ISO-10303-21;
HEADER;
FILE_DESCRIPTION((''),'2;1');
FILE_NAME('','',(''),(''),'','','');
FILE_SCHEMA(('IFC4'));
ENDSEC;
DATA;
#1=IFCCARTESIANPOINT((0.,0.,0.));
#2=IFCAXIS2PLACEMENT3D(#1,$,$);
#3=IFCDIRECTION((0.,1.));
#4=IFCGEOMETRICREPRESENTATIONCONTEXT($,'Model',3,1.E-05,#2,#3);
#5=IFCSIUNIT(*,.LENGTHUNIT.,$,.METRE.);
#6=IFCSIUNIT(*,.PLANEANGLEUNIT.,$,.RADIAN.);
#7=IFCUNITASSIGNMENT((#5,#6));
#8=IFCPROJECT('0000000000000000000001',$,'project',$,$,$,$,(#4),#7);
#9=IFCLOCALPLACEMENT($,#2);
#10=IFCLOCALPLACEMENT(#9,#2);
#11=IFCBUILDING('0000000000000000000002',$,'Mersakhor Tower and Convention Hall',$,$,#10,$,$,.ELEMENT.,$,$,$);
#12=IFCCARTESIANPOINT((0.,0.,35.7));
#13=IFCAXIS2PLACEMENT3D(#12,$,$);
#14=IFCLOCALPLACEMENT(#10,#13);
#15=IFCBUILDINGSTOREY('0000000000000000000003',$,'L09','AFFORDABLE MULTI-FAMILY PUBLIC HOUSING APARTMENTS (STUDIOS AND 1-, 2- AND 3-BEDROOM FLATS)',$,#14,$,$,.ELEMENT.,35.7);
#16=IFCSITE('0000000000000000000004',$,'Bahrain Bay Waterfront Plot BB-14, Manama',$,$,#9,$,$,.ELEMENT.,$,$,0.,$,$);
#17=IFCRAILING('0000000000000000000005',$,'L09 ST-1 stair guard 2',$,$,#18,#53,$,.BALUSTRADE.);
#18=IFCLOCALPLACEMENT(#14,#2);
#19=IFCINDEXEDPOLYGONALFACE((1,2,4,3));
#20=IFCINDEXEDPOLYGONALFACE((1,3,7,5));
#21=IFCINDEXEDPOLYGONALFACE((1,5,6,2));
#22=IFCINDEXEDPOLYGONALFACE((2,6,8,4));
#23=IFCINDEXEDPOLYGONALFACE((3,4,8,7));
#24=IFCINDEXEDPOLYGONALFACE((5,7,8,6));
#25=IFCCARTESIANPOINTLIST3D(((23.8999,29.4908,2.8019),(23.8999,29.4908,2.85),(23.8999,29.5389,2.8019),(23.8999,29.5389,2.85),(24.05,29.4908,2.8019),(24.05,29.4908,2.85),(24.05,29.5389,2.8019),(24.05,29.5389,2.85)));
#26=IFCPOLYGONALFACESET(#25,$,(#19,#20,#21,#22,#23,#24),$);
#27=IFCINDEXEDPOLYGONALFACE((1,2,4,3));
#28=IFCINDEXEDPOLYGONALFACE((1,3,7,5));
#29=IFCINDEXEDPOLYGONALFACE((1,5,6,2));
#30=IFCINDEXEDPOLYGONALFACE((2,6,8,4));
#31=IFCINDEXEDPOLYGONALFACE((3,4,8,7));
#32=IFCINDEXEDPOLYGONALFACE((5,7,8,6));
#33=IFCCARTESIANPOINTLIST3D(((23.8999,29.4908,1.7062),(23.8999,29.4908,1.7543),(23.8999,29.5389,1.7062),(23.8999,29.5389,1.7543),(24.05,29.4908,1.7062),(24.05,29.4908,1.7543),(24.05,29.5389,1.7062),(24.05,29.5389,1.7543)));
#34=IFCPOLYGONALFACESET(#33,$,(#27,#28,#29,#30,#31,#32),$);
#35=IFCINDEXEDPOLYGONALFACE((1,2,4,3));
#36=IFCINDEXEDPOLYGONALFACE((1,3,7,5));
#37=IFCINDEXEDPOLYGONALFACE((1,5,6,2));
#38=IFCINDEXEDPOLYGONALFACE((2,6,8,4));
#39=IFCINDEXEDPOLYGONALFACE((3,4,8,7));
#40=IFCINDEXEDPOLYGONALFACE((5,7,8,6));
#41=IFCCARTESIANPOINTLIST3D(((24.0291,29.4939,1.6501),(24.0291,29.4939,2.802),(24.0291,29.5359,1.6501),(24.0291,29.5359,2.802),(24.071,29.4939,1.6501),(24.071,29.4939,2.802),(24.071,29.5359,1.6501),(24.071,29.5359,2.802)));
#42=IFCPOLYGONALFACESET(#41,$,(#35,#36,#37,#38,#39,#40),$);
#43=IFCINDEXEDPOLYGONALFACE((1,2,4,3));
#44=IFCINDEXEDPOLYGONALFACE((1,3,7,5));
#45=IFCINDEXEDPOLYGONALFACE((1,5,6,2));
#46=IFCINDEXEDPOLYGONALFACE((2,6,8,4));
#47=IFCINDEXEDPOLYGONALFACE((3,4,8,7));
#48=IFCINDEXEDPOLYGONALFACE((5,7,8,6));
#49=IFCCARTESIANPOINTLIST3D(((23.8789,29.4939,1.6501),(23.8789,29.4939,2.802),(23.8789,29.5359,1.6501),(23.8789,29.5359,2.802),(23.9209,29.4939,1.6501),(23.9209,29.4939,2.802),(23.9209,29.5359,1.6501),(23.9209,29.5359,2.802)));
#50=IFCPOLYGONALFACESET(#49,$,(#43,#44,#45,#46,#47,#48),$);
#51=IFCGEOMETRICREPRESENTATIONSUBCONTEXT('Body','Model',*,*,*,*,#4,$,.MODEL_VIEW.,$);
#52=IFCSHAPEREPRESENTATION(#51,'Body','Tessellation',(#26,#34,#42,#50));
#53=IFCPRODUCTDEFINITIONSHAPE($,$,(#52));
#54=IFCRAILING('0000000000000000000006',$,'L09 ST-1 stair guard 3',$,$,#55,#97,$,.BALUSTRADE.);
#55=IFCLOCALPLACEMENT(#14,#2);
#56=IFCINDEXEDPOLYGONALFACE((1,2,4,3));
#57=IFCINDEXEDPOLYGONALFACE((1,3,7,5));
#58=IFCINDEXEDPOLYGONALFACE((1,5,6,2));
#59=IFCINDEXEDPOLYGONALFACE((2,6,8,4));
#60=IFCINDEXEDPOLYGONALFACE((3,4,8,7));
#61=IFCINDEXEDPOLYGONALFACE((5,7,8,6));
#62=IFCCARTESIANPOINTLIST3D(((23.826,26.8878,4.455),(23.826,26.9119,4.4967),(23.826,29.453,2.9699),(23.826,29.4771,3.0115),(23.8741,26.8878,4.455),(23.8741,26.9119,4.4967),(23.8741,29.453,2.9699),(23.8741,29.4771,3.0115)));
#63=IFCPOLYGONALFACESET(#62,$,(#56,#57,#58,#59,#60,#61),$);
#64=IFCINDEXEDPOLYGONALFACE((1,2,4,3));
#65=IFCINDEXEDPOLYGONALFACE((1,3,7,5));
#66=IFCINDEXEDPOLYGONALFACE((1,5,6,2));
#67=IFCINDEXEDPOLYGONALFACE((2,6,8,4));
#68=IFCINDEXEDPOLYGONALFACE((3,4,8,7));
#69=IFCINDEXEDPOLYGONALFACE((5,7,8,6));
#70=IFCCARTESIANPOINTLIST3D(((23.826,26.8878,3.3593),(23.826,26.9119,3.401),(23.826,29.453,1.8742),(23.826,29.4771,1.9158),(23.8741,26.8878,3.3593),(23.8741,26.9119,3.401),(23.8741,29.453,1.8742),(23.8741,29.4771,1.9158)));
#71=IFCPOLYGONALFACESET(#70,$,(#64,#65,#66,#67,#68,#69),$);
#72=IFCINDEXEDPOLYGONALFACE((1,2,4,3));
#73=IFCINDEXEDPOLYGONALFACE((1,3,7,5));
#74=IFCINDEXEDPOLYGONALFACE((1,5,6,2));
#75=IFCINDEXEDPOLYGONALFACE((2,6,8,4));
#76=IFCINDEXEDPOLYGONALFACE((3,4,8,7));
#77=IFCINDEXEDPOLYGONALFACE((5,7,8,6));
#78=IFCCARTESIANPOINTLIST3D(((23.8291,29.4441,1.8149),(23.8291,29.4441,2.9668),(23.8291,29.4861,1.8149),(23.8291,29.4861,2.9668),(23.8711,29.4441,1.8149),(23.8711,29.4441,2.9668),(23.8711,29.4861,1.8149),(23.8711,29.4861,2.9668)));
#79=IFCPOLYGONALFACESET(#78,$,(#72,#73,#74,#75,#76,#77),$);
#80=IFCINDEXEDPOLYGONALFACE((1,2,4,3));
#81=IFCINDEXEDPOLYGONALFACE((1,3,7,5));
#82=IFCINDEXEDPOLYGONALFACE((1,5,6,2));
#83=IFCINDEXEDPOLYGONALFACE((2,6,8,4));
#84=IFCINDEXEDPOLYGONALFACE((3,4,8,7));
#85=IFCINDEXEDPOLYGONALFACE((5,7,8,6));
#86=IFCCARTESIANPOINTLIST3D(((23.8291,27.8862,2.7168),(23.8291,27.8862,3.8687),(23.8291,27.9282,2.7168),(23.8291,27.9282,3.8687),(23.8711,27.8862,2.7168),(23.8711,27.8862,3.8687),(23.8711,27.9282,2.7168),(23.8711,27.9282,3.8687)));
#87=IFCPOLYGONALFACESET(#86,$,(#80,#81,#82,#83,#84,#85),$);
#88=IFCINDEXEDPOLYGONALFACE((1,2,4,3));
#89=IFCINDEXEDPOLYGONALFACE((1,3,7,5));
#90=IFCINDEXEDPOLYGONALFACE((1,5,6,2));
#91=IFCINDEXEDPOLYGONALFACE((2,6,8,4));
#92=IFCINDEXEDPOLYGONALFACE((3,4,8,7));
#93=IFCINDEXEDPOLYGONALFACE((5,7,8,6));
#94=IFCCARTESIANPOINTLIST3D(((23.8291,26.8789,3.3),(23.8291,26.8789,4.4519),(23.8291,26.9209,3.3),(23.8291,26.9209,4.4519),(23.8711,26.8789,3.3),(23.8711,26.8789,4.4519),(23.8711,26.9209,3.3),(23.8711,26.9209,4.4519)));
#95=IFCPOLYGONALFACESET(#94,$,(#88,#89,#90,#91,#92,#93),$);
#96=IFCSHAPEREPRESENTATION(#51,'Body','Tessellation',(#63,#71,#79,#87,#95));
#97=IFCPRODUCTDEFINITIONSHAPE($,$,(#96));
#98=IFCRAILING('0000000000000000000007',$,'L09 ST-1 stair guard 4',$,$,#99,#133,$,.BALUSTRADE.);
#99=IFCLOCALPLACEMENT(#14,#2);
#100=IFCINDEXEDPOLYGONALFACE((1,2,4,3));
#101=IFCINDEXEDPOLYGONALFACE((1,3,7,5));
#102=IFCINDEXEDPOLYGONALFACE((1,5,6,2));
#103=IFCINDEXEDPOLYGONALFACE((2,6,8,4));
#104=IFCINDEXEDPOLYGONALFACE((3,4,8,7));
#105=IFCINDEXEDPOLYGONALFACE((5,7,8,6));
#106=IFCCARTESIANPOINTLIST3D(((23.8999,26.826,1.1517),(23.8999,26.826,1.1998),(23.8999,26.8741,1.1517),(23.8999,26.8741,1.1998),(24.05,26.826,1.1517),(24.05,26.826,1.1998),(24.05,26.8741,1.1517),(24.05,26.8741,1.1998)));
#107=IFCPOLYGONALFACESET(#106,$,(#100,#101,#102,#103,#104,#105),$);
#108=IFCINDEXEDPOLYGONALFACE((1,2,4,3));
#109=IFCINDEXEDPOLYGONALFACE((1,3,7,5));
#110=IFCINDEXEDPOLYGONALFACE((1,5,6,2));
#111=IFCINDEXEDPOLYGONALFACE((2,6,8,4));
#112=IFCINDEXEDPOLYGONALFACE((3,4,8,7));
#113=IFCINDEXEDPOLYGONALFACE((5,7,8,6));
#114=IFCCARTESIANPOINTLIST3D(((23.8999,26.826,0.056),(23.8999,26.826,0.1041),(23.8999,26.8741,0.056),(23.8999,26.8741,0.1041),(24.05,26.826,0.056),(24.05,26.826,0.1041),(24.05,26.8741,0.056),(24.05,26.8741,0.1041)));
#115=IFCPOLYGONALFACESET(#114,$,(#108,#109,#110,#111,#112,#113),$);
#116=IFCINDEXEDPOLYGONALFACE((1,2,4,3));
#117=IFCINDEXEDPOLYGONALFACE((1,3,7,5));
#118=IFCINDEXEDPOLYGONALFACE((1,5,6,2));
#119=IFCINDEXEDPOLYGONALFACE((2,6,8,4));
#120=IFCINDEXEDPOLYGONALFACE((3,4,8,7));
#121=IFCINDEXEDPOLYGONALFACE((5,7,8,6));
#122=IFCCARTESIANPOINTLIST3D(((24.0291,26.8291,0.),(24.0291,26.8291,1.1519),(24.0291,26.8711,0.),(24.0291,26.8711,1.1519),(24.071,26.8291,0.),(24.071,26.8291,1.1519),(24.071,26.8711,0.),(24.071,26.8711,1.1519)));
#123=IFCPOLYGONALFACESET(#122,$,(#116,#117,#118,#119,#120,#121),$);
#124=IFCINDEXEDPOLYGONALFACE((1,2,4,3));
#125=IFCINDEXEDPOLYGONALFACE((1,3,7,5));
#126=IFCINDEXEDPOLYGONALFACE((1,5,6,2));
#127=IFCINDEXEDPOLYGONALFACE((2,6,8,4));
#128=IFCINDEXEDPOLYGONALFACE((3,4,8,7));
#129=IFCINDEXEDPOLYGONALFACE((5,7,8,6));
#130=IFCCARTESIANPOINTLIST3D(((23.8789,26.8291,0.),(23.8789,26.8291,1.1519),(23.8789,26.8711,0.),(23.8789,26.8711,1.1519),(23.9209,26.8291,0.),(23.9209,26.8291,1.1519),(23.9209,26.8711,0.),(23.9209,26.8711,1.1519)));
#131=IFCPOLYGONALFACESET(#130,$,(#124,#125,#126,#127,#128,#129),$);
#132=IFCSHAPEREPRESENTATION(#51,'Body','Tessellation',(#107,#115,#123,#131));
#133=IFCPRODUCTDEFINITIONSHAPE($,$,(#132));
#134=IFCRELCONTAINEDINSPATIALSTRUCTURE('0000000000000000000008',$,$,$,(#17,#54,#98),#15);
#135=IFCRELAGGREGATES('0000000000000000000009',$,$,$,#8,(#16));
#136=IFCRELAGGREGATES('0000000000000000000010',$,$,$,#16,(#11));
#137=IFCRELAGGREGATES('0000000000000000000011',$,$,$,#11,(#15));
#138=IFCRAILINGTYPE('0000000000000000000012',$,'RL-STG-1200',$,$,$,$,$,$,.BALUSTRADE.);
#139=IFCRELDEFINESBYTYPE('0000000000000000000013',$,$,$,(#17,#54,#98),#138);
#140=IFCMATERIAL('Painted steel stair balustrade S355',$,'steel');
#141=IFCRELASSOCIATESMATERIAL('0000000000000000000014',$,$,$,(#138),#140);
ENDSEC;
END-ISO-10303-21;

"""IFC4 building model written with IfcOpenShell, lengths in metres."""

from ifc_helpers import new_model, si_unit, direction, frame, origin, origin_2d, place, context, subcontext, project, spatial, rectangle, extrude, material, type_object, element, save


model = new_model("IFC4")

# Units and contexts
model_context = context("Model", 3, precision=1e-05, world=origin(), true_north=direction((0.0, 1.0)))
body_context = subcontext(model_context, "Body", "Model", "MODEL_VIEW")
ifc_project = project(units=[si_unit("LENGTHUNIT", "METRE"), si_unit("PLANEANGLEUNIT", "RADIAN")], contexts=[model_context])

# Site, building, storey
site_placement = place(None, origin())
site = spatial("IfcSite", under=ifc_project, at=site_placement, Name="Bahrain Bay Waterfront Plot BB-14, Manama", CompositionType="ELEMENT", RefElevation=0.0)
building_placement = place(site_placement, origin())
building = spatial("IfcBuilding", under=site, at=building_placement, Name="Mersakhor Tower and Convention Hall", CompositionType="ELEMENT")
storey_placement = place(building_placement, frame((0.0, 0.0, 35.7)))
storey = spatial("IfcBuildingStorey", under=building, at=storey_placement, Name="L09", Description="AFFORDABLE MULTI-FAMILY PUBLIC HOUSING APARTMENTS (STUDIOS AND 1-, 2- AND 3-BEDROOM FLATS)", CompositionType="ELEMENT", Elevation=35.7)

# Railings
ifc_material_1 = material(Name="Painted steel stair balustrade S355", Category="steel")
railing_type_1 = type_object("IfcRailingType", Name="RL-STG-1200", PredefinedType="BALUSTRADE", material=ifc_material_1)
railing_1_placement = place(storey_placement, frame((24.05, 29.5149, 1.6501)))
element("IfcRailing", 1, at=railing_1_placement, inside=storey, type_object=railing_type_1, Name="L09 ST-1 stair guard 2", PredefinedType="BALUSTRADE", context=body_context, shape_type="SweptSolid", body=[
    extrude(rectangle(XDim=0.0481, YDim=0.0481, at=origin_2d()), frame((0.0, 0.0, 1.1758), z_axis=(-1.0, 0.0, 0.0), x_axis=(0.0, -1.0, 0.0)), (0.0, 0.0, 1.0), 0.1501),
    extrude(rectangle(XDim=0.0481, YDim=0.0481, at=origin_2d()), frame((0.0, 0.0, 0.0801), z_axis=(-1.0, 0.0, 0.0), x_axis=(0.0, -1.0, 0.0)), (0.0, 0.0, 1.0), 0.1501),
    extrude(rectangle(XDim=0.042, YDim=0.042, at=origin_2d()), origin(), (0.0, 0.0, 1.0), 1.1519),
    extrude(rectangle(XDim=0.042, YDim=0.042, at=origin_2d()), frame((-0.1501, 0.0, 0.0)), (0.0, 0.0, 1.0), 1.1519),
])
railing_2_placement = place(storey_placement, frame((23.8501, 29.4651, 1.8149)))
element("IfcRailing", 2, at=railing_2_placement, inside=storey, type_object=railing_type_1, Name="L09 ST-1 stair guard 3", PredefinedType="BALUSTRADE", context=body_context, shape_type="SweptSolid", body=[
    extrude(rectangle(XDim=0.0481, YDim=0.0481, at=origin_2d()), frame((0.0, 0.0, 1.1758), z_axis=(0.0, -0.865426, 0.501036), x_axis=(1.0, 0.0, 0.0)), (0.0, 0.0, 1.0), 2.9641),
    extrude(rectangle(XDim=0.0481, YDim=0.0481, at=origin_2d()), frame((0.0, 0.0, 0.0801), z_axis=(0.0, -0.865426, 0.501036), x_axis=(1.0, 0.0, 0.0)), (0.0, 0.0, 1.0), 2.9641),
    extrude(rectangle(XDim=0.042, YDim=0.042, at=origin_2d()), origin(), (0.0, 0.0, 1.0), 1.1519),
    extrude(rectangle(XDim=0.042, YDim=0.042, at=origin_2d()), frame((0.0, -1.5579, 0.9019)), (0.0, 0.0, 1.0), 1.1519),
    extrude(rectangle(XDim=0.042, YDim=0.042, at=origin_2d()), frame((0.0, -2.5652, 1.4851)), (0.0, 0.0, 1.0), 1.1519),
])
railing_3_placement = place(storey_placement, frame((24.05, 26.8501, 0.0)))
element("IfcRailing", 3, at=railing_3_placement, inside=storey, type_object=railing_type_1, Name="L09 ST-1 stair guard 4", PredefinedType="BALUSTRADE", context=body_context, shape_type="SweptSolid", body=[
    extrude(rectangle(XDim=0.0481, YDim=0.0481, at=origin_2d()), frame((0.0, 0.0, 1.1758), z_axis=(-1.0, 0.0, 0.0), x_axis=(0.0, -1.0, 0.0)), (0.0, 0.0, 1.0), 0.1501),
    extrude(rectangle(XDim=0.0481, YDim=0.0481, at=origin_2d()), frame((0.0, 0.0, 0.0801), z_axis=(-1.0, 0.0, 0.0), x_axis=(0.0, -1.0, 0.0)), (0.0, 0.0, 1.0), 0.1501),
    extrude(rectangle(XDim=0.042, YDim=0.042, at=origin_2d()), origin(), (0.0, 0.0, 1.0), 1.1519),
    extrude(rectangle(XDim=0.042, YDim=0.042, at=origin_2d()), frame((-0.1501, 0.0, 0.0)), (0.0, 0.0, 1.0), 1.1519),
])

save(model, "model.ifc")
